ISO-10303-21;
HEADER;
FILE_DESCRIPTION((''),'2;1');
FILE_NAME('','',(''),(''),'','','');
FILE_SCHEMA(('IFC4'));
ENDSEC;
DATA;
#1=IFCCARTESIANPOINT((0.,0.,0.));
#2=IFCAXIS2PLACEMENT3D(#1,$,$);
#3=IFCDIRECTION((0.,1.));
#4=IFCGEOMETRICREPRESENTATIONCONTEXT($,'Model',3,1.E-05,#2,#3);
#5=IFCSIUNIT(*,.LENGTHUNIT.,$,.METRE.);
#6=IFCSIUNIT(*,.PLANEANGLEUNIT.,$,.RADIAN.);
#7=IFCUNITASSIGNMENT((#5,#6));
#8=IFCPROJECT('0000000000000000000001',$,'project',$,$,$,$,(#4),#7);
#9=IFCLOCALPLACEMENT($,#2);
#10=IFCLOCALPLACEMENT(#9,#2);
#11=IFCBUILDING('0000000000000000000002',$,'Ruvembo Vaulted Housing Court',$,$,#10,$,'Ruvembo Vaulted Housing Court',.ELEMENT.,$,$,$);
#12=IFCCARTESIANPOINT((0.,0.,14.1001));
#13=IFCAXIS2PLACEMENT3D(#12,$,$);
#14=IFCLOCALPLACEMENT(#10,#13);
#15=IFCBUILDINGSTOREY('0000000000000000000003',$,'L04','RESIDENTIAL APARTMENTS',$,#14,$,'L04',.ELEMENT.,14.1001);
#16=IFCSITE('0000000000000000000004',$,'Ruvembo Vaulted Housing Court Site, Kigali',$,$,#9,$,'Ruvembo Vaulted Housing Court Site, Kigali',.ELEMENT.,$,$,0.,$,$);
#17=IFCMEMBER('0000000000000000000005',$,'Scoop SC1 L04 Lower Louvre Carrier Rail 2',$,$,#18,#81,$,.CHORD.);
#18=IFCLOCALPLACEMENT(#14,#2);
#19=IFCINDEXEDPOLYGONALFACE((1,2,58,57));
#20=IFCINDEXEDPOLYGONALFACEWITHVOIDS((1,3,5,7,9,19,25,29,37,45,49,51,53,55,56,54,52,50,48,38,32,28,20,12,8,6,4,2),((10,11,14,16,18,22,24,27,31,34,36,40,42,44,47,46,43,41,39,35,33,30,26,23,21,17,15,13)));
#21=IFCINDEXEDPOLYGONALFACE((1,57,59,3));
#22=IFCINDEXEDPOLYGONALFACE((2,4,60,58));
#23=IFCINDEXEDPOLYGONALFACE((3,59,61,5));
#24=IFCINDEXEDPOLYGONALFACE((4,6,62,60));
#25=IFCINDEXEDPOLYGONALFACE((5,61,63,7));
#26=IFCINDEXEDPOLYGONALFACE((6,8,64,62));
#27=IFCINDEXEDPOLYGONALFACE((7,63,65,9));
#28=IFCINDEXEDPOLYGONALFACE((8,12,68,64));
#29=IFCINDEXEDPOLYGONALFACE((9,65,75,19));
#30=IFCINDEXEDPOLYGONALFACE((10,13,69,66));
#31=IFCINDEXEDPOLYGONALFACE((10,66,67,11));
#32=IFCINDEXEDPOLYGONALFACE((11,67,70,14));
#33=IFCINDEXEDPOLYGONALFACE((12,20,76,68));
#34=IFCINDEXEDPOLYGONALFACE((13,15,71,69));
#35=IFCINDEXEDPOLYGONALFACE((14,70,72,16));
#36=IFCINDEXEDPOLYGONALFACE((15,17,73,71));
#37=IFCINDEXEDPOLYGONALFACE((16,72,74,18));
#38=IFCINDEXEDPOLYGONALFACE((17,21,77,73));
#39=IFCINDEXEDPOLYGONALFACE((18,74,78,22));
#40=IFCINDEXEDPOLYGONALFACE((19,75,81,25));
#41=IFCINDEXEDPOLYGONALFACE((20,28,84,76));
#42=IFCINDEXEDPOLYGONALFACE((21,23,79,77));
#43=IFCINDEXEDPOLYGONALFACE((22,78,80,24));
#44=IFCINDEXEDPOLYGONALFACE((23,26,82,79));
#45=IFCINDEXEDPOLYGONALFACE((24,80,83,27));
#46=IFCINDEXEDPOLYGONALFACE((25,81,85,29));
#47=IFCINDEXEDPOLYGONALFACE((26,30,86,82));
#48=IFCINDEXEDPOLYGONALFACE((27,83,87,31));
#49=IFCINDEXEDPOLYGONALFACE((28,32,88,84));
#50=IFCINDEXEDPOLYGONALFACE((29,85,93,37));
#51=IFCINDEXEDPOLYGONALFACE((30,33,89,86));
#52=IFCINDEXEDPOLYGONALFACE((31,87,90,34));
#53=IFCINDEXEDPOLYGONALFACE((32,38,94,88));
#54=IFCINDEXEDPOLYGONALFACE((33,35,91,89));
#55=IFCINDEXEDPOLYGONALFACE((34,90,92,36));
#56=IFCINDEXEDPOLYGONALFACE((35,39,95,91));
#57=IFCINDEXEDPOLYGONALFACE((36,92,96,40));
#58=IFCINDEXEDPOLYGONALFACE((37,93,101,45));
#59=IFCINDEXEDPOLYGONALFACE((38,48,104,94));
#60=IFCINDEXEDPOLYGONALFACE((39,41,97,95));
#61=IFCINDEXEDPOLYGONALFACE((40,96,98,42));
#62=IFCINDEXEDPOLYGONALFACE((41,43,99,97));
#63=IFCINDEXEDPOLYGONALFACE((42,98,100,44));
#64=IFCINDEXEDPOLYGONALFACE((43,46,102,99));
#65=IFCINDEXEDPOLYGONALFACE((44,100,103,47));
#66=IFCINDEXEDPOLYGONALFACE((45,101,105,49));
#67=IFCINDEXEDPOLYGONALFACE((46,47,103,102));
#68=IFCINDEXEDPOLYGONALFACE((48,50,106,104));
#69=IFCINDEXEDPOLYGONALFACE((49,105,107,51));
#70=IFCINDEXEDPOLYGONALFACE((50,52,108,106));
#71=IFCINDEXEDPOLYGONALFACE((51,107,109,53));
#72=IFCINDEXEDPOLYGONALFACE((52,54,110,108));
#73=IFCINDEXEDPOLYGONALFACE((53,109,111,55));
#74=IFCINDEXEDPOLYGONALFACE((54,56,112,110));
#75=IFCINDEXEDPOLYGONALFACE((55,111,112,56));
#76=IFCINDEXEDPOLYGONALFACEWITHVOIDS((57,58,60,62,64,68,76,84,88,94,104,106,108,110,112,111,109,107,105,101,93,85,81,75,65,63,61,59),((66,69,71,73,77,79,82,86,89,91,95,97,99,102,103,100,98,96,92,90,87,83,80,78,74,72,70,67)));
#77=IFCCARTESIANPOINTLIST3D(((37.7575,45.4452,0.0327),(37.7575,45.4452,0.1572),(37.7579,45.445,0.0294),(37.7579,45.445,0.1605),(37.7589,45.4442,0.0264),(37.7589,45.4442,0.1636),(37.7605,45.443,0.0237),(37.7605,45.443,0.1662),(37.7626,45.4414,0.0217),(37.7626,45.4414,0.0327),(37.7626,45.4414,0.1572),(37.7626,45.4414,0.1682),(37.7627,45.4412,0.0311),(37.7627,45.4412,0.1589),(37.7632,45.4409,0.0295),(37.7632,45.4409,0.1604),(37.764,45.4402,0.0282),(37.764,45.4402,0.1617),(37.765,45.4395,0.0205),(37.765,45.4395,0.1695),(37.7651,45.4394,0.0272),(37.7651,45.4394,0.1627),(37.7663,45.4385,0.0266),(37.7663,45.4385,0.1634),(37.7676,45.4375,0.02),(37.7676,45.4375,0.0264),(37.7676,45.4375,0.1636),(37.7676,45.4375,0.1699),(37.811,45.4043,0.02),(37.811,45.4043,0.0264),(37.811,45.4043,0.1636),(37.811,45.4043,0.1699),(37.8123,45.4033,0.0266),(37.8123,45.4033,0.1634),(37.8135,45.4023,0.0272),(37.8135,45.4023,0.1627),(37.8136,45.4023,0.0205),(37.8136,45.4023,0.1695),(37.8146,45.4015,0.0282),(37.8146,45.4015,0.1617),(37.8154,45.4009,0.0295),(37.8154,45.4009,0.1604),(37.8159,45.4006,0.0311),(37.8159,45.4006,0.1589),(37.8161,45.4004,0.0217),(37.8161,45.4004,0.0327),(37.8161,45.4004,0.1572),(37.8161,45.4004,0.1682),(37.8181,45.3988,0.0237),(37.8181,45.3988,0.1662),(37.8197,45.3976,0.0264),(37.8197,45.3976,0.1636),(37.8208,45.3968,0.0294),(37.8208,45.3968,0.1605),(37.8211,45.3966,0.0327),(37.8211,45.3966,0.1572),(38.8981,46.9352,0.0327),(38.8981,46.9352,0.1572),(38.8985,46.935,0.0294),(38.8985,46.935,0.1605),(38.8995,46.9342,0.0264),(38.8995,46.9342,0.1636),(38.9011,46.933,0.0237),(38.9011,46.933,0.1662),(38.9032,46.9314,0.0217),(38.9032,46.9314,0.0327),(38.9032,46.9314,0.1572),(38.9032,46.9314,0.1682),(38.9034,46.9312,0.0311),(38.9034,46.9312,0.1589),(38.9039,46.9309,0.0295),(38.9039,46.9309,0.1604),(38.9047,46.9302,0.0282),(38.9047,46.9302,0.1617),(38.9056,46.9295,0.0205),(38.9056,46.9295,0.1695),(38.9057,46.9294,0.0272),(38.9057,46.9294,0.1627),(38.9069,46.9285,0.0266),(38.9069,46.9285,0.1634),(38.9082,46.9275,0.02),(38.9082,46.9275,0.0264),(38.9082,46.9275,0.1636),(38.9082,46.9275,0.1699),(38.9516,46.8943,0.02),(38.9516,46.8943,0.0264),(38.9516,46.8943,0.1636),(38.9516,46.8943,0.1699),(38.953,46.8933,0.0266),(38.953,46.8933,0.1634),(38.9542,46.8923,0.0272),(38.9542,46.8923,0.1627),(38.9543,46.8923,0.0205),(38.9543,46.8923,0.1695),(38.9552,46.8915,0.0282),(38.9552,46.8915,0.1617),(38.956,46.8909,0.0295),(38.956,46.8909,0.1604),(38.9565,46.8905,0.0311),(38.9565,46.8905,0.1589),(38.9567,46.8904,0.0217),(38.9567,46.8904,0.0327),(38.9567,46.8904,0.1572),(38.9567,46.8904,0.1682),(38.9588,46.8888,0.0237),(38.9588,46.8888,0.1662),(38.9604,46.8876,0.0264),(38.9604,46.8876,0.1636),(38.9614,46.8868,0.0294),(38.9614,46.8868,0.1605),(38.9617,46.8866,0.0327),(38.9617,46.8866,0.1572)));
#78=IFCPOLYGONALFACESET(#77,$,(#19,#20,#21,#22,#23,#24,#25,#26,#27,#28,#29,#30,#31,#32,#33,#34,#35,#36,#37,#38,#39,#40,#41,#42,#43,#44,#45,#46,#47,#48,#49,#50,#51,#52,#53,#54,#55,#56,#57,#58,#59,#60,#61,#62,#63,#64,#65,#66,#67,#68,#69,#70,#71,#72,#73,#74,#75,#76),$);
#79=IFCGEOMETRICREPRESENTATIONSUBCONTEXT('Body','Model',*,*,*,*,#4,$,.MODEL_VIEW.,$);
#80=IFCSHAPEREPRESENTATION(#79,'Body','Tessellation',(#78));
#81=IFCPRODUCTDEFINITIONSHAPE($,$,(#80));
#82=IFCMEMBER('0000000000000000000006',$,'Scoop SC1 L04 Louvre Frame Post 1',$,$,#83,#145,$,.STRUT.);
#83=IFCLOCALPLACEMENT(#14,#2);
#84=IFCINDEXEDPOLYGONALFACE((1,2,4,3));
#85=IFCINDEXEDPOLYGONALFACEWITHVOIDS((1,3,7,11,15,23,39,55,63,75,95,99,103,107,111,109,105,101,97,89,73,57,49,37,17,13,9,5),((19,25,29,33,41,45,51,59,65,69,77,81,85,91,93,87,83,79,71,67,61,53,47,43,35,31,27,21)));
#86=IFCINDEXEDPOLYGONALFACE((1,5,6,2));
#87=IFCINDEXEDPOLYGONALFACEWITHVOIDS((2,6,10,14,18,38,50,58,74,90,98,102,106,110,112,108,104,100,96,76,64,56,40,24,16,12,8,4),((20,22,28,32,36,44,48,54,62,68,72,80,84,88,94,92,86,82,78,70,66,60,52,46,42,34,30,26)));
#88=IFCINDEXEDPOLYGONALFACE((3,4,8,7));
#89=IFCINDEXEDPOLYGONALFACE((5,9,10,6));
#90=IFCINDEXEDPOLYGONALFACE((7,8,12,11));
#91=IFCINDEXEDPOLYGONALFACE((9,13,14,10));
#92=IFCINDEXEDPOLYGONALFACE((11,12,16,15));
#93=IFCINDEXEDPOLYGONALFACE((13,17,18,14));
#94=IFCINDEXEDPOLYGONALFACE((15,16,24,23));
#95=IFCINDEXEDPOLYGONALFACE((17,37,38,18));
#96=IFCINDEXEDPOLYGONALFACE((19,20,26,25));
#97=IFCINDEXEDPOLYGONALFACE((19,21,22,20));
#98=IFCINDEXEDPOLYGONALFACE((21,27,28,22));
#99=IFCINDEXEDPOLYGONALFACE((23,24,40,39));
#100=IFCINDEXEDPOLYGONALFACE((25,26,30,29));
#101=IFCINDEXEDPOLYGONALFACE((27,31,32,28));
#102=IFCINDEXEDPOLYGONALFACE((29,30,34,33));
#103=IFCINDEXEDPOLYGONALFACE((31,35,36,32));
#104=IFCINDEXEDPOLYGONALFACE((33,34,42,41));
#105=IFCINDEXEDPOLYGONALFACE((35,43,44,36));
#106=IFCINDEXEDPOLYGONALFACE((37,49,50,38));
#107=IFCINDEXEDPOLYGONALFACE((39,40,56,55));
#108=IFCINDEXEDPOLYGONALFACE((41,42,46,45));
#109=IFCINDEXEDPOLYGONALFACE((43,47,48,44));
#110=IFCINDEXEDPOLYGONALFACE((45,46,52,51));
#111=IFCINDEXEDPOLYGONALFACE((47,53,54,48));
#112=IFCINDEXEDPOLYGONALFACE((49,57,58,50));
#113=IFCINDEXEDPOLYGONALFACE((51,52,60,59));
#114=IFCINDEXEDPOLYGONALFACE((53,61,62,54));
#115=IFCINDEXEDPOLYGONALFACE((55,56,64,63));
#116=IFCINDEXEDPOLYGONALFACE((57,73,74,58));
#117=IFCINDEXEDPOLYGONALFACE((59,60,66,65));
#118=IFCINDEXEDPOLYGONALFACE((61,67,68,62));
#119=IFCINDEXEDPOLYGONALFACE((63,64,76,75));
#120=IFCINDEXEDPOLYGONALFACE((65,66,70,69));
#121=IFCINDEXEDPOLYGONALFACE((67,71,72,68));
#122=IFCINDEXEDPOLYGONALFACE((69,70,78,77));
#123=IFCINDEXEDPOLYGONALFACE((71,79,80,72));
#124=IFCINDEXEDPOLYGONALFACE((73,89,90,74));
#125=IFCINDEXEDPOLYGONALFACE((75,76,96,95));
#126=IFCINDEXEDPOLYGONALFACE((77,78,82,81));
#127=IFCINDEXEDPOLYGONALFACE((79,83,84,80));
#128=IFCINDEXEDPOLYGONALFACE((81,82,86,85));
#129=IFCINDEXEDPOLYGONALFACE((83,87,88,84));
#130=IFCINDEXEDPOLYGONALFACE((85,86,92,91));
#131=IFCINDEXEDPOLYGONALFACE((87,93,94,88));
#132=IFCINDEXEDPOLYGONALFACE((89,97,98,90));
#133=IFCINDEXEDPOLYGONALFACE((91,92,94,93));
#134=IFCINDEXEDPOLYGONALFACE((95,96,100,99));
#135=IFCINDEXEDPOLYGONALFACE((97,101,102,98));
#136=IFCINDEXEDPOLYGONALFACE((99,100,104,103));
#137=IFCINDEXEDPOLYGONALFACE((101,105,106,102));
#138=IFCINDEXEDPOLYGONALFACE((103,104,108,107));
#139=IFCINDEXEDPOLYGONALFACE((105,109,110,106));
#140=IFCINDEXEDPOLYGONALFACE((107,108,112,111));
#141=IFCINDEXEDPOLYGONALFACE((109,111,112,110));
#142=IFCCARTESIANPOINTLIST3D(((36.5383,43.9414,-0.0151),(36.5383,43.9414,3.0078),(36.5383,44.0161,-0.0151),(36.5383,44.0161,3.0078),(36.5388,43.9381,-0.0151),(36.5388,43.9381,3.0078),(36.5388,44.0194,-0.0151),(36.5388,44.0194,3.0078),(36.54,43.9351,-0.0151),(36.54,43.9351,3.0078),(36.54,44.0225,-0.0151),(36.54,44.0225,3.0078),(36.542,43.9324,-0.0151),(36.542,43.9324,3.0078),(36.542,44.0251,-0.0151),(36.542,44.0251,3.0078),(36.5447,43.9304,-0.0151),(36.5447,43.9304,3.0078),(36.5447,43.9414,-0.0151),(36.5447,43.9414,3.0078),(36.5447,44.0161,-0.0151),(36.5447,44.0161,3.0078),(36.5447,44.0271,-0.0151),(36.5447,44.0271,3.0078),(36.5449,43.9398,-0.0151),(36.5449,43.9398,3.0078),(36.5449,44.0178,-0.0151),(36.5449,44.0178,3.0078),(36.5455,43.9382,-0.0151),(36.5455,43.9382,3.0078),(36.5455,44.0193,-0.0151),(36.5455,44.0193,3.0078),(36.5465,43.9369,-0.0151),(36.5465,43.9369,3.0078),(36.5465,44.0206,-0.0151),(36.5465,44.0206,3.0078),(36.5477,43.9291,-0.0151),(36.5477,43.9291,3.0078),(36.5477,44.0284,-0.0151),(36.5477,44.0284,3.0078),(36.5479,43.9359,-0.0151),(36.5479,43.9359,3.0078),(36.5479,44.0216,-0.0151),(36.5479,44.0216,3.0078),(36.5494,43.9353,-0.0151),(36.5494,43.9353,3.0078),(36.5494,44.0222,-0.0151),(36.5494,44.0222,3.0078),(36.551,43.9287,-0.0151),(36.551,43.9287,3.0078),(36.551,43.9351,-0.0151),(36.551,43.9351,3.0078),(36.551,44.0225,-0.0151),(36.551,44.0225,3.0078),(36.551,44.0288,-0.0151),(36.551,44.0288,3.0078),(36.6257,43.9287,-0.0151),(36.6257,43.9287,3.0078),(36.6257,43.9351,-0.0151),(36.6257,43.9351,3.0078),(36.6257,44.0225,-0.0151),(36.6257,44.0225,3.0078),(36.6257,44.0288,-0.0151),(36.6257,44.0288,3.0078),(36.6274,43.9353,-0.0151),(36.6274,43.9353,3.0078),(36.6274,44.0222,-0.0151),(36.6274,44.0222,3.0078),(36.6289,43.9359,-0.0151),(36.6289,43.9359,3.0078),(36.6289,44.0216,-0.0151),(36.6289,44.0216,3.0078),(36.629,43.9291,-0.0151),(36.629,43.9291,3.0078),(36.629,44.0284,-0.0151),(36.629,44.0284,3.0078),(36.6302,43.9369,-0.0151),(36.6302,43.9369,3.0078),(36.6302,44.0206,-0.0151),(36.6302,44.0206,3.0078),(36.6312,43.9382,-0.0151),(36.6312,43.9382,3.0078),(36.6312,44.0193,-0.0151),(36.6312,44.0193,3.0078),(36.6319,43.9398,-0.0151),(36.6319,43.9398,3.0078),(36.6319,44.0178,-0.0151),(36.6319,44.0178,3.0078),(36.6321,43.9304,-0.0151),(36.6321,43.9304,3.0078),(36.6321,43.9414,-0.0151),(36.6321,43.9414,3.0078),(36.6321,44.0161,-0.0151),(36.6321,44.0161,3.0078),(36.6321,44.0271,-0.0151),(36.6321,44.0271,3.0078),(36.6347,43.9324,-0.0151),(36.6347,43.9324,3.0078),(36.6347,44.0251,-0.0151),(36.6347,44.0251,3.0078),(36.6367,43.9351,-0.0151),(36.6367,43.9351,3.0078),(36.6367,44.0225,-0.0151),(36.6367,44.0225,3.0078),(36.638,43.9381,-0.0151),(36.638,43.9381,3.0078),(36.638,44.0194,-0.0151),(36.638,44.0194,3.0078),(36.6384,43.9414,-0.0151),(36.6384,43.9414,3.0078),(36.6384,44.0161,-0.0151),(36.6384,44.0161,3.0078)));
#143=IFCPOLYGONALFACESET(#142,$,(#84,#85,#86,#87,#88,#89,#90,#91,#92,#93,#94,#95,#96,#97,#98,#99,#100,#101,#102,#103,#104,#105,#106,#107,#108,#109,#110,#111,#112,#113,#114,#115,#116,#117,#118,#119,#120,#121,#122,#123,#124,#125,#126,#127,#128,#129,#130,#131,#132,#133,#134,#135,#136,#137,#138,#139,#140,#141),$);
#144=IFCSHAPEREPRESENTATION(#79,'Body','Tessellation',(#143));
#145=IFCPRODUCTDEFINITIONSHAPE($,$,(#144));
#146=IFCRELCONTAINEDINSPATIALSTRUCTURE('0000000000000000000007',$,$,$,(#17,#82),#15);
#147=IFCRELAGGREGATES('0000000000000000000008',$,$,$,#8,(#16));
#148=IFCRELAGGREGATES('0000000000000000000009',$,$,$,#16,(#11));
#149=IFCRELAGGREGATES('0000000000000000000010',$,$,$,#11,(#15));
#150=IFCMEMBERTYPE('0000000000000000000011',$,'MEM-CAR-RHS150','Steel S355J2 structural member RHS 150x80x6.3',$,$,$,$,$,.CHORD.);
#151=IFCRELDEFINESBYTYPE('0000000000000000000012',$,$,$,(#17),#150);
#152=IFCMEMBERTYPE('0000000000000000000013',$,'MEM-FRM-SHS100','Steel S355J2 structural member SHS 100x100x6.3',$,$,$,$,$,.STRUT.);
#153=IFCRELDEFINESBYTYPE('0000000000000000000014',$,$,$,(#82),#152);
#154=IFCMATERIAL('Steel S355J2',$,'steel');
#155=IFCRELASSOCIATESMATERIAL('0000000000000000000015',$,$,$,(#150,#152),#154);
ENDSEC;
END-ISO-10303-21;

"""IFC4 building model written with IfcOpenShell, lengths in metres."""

from ifc_helpers import new_model, si_unit, direction, frame, origin, origin_2d, place, context, subcontext, project, spatial, hollow_rectangle, extrude, material, material_profile, profile_set, type_object, element, save


model = new_model("IFC4")

# Units and contexts
model_context = context("Model", 3, precision=1e-05, world=origin(), true_north=direction((0.0, 1.0)))
body_context = subcontext(model_context, "Body", "Model", "MODEL_VIEW")
ifc_project = project(units=[si_unit("LENGTHUNIT", "METRE"), si_unit("PLANEANGLEUNIT", "RADIAN")], contexts=[model_context])

# Site, building, storey
site_placement = place(None, origin())
site = spatial("IfcSite", under=ifc_project, at=site_placement, Name="Ruvembo Vaulted Housing Court Site, Kigali", LongName="Ruvembo Vaulted Housing Court Site, Kigali", CompositionType="ELEMENT", RefElevation=0.0)
building_placement = place(site_placement, origin())
building = spatial("IfcBuilding", under=site, at=building_placement, Name="Ruvembo Vaulted Housing Court", LongName="Ruvembo Vaulted Housing Court", CompositionType="ELEMENT")
storey_placement = place(building_placement, frame((0.0, 0.0, 14.1001)))
storey = spatial("IfcBuildingStorey", under=building, at=storey_placement, Name="L04", Description="RESIDENTIAL APARTMENTS", LongName="L04", CompositionType="ELEMENT", Elevation=14.1001)

# Shared definitions
ifc_material_1 = material(Name="Steel S355J2", Category="steel")

# Members
ifc_material_profile_1 = material_profile(ifc_material_1, hollow_rectangle(XDim=0.0801, YDim=0.1499, WallThickness=0.0063, InnerFilletRadius=0.0063, OuterFilletRadius=0.0127, at=origin_2d()), Name="RHS 150x80x6.3")
ifc_profile_set_1 = profile_set([ifc_material_profile_1], Name="Steel S355J2")
member_type_1 = type_object("IfcMemberType", Name="MEM-CAR-RHS150", Description="Steel S355J2 structural member RHS 150x80x6.3", PredefinedType="CHORD", material=ifc_profile_set_1)
member_placement = place(storey_placement, frame((37.7893, 45.4209, 0.095), z_axis=(0.607861, 0.794044, 0.0), x_axis=(-0.794044, 0.607861, 0.0)))
element("IfcMember", 1, at=member_placement, inside=storey, type_object=member_type_1, Name="Scoop SC1 L04 Lower Louvre Carrier Rail 2", PredefinedType="CHORD", context=body_context, shape_type="SweptSolid", body=[
    extrude(hollow_rectangle(XDim=0.0801, YDim=0.1499, WallThickness=0.0063, InnerFilletRadius=0.0063, OuterFilletRadius=0.0127, at=origin_2d()), origin(), (0.0, 0.0, 1.0), 1.8765),
])
ifc_material_profile_2 = material_profile(ifc_material_1, hollow_rectangle(XDim=0.1001, YDim=0.1001, WallThickness=0.0063, InnerFilletRadius=0.0063, OuterFilletRadius=0.0127, at=origin_2d()), Name="SHS 100x100x6.3")
ifc_profile_set_2 = profile_set([ifc_material_profile_2], Name="Steel S355J2")
member_type_2 = type_object("IfcMemberType", Name="MEM-FRM-SHS100", Description="Steel S355J2 structural member SHS 100x100x6.3", PredefinedType="STRUT", material=ifc_profile_set_2)
for number, where, z_axis, x_axis, name in (
    (2, (36.5884, 43.9788, -0.0151), (0.0, 0.0, 1.0), (1.0, 0.0, 0.0), "Scoop SC1 L04 Louvre Frame Post 1"),
):
    element("IfcMember", number, at=place(storey_placement, frame(where, z_axis=z_axis, x_axis=x_axis)), inside=storey, type_object=member_type_2, Name=name, PredefinedType="STRUT", context=body_context, shape_type="SweptSolid", body=[
        extrude(hollow_rectangle(XDim=0.1001, YDim=0.1001, WallThickness=0.0063, InnerFilletRadius=0.0063, OuterFilletRadius=0.0127, at=origin_2d()), origin(), (0.0, 0.0, 1.0), 3.0229),
    ])

save(model, "model.ifc")
